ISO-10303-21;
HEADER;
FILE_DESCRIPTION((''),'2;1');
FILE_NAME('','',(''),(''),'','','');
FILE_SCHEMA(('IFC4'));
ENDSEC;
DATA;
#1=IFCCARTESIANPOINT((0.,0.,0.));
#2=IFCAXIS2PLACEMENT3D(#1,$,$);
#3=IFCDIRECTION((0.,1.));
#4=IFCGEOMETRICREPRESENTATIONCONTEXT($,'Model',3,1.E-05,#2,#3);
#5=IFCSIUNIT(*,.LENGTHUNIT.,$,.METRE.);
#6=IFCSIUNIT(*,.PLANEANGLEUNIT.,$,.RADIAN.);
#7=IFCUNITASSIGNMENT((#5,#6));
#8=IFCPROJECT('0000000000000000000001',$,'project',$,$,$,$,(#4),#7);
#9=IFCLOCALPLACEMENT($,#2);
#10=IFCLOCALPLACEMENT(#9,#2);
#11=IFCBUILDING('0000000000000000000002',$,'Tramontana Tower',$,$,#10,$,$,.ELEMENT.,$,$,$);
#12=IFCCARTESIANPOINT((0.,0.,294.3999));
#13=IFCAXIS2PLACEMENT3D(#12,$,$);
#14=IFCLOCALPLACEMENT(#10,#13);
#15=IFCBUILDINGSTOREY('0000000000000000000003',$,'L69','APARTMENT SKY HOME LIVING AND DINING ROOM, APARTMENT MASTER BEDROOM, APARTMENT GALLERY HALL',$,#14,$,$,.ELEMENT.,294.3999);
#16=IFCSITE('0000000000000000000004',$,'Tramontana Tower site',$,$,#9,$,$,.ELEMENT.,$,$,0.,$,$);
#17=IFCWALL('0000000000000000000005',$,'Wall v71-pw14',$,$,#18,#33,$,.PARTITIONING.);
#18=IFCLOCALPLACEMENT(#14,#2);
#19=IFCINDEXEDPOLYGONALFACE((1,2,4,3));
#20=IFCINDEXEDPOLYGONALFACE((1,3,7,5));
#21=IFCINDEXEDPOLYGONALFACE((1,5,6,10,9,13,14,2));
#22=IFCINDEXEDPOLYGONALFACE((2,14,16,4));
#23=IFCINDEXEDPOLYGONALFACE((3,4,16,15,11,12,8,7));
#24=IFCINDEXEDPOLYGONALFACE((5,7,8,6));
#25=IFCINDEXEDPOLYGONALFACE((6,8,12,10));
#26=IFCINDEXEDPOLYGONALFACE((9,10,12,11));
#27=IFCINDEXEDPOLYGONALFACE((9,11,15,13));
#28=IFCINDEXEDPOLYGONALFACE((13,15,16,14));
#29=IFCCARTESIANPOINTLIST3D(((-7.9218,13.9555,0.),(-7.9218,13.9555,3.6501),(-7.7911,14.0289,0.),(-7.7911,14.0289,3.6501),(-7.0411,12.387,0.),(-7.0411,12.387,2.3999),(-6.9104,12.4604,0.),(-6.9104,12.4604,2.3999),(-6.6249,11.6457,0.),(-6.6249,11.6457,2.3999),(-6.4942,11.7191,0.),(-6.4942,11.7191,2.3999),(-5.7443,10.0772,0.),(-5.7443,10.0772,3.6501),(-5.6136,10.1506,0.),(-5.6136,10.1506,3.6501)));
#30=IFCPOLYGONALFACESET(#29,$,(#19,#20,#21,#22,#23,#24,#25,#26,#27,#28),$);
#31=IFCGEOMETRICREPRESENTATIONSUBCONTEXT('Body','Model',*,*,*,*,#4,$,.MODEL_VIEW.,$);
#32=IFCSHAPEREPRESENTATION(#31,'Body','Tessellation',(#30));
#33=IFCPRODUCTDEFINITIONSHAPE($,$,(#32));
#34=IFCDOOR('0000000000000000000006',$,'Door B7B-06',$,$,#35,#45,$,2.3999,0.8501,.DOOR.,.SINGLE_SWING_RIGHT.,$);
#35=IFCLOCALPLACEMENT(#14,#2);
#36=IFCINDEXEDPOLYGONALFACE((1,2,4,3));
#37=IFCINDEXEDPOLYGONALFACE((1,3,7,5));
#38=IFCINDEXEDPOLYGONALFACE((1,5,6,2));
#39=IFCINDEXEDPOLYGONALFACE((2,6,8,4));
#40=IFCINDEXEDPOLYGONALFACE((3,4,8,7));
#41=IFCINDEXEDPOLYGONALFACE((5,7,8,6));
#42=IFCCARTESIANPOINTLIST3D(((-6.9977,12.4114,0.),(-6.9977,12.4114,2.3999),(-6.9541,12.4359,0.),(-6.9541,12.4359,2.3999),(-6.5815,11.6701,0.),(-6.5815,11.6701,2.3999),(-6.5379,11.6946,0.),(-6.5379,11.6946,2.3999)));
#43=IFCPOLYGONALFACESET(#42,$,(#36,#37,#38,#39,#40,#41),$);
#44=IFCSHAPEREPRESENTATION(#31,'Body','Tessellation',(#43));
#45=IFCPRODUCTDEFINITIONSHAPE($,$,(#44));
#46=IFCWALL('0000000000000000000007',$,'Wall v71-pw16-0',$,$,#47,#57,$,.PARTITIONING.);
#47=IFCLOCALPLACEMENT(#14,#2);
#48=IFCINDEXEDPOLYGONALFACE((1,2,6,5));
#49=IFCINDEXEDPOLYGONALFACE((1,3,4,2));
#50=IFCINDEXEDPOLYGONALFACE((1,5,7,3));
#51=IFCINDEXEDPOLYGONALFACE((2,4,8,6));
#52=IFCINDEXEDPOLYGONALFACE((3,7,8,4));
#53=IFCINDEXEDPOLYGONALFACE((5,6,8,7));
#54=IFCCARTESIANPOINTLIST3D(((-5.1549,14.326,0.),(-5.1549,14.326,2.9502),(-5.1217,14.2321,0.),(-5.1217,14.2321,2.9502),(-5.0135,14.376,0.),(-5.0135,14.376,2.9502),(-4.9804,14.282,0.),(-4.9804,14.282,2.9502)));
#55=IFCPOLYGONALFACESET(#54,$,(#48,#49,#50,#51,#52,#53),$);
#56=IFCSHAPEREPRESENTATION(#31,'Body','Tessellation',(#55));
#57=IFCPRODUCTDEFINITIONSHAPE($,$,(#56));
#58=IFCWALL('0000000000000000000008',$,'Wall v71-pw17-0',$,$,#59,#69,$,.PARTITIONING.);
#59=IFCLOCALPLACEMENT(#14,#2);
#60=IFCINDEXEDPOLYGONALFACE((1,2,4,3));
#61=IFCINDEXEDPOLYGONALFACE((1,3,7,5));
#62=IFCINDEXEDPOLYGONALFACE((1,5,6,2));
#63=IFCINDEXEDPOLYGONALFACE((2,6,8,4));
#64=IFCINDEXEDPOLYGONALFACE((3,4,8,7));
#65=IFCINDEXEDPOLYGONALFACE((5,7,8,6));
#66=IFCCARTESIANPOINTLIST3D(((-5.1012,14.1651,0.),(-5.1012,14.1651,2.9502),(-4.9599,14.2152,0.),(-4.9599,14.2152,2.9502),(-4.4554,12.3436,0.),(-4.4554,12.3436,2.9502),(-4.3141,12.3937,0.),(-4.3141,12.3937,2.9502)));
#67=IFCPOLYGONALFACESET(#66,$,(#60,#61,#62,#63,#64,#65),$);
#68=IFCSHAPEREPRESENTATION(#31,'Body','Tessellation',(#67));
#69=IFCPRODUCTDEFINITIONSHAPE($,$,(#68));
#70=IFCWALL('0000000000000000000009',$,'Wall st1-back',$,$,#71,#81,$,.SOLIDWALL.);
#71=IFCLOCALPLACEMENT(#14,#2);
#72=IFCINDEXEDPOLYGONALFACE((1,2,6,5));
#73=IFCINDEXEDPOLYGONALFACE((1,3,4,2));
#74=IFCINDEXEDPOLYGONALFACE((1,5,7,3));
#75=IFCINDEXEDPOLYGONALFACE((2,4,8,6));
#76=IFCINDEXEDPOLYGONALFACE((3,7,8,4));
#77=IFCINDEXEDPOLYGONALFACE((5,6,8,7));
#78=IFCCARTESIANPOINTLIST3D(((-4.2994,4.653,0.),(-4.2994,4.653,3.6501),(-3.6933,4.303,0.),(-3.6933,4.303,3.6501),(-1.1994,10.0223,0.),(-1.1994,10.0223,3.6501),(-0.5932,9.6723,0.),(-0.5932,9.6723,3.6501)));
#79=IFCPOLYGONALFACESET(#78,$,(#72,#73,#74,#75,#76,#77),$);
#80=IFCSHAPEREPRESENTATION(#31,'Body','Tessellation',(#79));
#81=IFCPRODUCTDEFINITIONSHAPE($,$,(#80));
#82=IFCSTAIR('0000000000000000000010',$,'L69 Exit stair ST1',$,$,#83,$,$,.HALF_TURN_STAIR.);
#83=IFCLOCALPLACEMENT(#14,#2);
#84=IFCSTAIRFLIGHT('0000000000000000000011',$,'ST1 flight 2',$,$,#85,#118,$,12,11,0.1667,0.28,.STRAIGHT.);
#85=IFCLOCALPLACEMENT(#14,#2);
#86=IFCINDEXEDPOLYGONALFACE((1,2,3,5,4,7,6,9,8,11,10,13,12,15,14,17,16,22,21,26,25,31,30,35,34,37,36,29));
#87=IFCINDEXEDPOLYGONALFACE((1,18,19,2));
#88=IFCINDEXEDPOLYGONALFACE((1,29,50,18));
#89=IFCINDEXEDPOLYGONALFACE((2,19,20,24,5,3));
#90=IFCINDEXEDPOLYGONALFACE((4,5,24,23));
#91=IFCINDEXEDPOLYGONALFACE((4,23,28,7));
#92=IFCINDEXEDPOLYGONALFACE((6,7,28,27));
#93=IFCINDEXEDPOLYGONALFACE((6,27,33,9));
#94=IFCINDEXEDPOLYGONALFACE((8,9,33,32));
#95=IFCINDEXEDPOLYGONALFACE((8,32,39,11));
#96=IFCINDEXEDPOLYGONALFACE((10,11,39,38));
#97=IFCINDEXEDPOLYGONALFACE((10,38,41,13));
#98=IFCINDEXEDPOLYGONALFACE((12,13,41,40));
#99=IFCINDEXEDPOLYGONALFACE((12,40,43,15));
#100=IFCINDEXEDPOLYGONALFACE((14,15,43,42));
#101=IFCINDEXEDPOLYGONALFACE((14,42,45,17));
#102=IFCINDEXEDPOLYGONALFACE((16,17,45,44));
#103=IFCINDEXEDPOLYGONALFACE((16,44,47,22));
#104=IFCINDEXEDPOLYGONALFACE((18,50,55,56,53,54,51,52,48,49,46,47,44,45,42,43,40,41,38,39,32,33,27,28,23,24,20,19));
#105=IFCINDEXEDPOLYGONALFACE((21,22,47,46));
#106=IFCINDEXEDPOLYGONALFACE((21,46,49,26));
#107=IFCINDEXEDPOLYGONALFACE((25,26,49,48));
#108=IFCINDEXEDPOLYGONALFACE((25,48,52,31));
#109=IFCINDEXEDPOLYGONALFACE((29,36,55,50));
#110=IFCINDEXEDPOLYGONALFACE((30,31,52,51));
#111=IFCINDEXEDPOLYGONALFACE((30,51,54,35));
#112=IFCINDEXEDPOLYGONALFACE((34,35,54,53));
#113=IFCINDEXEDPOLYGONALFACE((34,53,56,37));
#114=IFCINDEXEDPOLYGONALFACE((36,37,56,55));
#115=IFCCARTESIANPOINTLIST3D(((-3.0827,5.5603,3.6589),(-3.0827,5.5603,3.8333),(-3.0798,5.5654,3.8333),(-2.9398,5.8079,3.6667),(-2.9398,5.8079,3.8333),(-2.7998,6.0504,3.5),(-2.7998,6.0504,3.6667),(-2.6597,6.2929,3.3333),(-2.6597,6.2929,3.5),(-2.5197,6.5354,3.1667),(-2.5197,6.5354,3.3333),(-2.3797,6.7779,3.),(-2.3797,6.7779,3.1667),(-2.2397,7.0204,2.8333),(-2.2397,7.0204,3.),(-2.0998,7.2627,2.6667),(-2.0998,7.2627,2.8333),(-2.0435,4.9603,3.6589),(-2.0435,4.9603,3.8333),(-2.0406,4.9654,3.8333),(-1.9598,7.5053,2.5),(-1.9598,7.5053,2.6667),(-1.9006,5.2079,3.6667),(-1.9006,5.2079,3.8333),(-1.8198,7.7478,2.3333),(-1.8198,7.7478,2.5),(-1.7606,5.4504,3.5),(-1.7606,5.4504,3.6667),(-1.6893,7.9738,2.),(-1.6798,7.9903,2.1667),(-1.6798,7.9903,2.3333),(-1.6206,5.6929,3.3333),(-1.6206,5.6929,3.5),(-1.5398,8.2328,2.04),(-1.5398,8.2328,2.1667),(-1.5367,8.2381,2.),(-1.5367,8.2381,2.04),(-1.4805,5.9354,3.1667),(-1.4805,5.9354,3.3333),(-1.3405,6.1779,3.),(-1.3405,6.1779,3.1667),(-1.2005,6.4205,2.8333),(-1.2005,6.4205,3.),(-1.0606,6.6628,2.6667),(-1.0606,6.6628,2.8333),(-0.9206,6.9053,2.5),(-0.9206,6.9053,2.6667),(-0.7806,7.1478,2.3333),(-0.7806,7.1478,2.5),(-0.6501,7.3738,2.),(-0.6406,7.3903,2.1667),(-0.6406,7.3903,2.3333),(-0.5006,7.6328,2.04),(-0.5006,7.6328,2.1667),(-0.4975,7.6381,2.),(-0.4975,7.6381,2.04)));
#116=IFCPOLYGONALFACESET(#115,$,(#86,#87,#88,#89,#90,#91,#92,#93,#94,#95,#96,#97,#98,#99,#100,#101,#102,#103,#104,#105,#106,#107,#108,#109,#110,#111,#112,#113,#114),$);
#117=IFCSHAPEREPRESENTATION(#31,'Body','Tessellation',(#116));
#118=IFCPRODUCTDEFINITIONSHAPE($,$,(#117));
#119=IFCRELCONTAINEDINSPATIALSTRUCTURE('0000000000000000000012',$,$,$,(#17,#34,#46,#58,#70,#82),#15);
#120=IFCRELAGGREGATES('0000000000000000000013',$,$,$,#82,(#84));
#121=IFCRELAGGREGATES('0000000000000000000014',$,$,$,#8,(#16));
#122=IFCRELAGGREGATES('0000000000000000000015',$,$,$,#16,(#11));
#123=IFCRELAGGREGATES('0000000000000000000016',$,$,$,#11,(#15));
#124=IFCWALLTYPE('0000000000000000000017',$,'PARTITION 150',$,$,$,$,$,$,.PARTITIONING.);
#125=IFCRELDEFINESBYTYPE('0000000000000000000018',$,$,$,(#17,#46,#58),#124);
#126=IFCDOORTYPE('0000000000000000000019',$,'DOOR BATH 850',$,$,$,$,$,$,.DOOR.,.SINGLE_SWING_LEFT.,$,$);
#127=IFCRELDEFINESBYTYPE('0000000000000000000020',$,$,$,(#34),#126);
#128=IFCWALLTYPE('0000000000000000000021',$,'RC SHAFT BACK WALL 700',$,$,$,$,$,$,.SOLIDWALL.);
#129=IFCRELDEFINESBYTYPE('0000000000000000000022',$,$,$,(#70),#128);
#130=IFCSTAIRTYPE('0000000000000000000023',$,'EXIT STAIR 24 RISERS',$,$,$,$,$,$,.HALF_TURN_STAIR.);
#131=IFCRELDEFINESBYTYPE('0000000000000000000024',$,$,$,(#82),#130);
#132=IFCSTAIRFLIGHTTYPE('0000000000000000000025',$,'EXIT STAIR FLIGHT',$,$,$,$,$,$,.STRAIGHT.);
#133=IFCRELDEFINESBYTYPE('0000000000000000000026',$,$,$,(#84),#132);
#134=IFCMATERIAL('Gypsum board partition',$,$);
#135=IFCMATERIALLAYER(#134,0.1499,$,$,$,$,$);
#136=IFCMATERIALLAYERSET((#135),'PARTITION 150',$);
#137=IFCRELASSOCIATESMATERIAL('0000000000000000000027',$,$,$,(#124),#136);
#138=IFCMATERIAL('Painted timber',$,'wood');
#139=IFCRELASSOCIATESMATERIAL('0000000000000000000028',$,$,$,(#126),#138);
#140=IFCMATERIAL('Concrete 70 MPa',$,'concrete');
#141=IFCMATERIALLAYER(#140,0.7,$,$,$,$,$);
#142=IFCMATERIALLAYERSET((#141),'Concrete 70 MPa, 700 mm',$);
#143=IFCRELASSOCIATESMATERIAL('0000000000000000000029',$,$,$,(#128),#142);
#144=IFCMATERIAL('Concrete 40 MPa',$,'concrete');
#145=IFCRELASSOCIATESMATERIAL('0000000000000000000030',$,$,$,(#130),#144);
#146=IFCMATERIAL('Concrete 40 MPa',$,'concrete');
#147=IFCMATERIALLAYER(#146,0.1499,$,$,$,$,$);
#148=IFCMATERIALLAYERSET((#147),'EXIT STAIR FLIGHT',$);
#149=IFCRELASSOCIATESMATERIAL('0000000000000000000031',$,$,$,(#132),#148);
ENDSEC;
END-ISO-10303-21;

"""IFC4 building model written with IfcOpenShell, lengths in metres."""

from ifc_helpers import new_model, si_unit, direction, frame, frame_2d, origin, place, context, subcontext, project, spatial, polyline, rectangle, outline, extrude, material, layer, layer_set, type_object, element, fill, aggregate, save


model = new_model("IFC4")

# Units and contexts
model_context = context("Model", 3, precision=1e-05, world=origin(), true_north=direction((0.0, 1.0)))
body_context = subcontext(model_context, "Body", "Model", "MODEL_VIEW")
ifc_project = project(units=[si_unit("LENGTHUNIT", "METRE"), si_unit("PLANEANGLEUNIT", "RADIAN")], contexts=[model_context])

# Site, building, storey
site_placement = place(None, origin())
site = spatial("IfcSite", under=ifc_project, at=site_placement, Name="Tramontana Tower site", CompositionType="ELEMENT", RefElevation=0.0)
building_placement = place(site_placement, origin())
building = spatial("IfcBuilding", under=site, at=building_placement, Name="Tramontana Tower", CompositionType="ELEMENT")
storey_placement = place(building_placement, frame((0.0, 0.0, 294.3999)))
storey = spatial("IfcBuildingStorey", under=building, at=storey_placement, Name="L69", Description="APARTMENT SKY HOME LIVING AND DINING ROOM, APARTMENT MASTER BEDROOM, APARTMENT GALLERY HALL", CompositionType="ELEMENT", Elevation=294.3999)

# Shared definitions
ifc_material_1 = material(Name="Gypsum board partition")
ifc_layer_1 = layer(ifc_material_1, 0.1499)
ifc_layer_set_1 = layer_set([ifc_layer_1], Name="PARTITION 150")
wall_type_1 = type_object("IfcWallType", Name="PARTITION 150", PredefinedType="PARTITIONING", material=ifc_layer_set_1)

# Wall, opening, door
wall_1_placement = place(storey_placement, frame((-7.8564, 13.9922, 0.0), z_axis=(0.0, 0.0, 1.0), x_axis=(0.489581, -0.871958, 0.0)))
wall_1 = element("IfcWall", 1, at=wall_1_placement, inside=storey, type_object=wall_type_1, Name="Wall v71-pw14", PredefinedType="PARTITIONING", context=body_context, shape_type="SweptSolid", body=[
    extrude(rectangle(XDim=4.4478, YDim=0.1499, at=frame_2d((2.2239, 0.0))), origin(), (0.0, 0.0, 1.0), 3.6501),
])
opening_1_placement = place(wall_1_placement, frame((1.7988, 0.0, 0.0)))
opening_1 = element("IfcOpeningElement", 2, at=opening_1_placement, cuts=wall_1, PredefinedType="OPENING", context=body_context, shape_type="SweptSolid", body=[
    extrude(rectangle(XDim=0.8501, YDim=2.3999, at=frame_2d((0.425, 1.2))), frame((0.0, 0.085, 0.0), z_axis=(0.0, -1.0, 0.0), x_axis=(1.0, 0.0, 0.0)), (0.0, 0.0, 1.0), 0.1699),
])
ifc_material_2 = material(Name="Painted timber", Category="wood")
door_type_1 = type_object("IfcDoorType", Name="DOOR BATH 850", OperationType="SINGLE_SWING_LEFT", PredefinedType="DOOR", material=ifc_material_2)
door_1_placement = place(opening_1_placement, origin())
door_1 = element("IfcDoor", 3, at=door_1_placement, inside=storey, type_object=door_type_1, Name="Door B7B-06", OperationType="SINGLE_SWING_RIGHT", OverallHeight=2.3999, OverallWidth=0.8501, PredefinedType="DOOR", context=body_context, shape_type="SweptSolid", body=[
    extrude(rectangle(XDim=0.8501, YDim=2.3999, at=frame_2d((0.425, 1.2))), frame((0.0, 0.0249, 0.0), z_axis=(0.0, -1.0, 0.0), x_axis=(1.0, 0.0, 0.0)), (0.0, 0.0, 1.0), 0.05),
])
fill(opening_1, door_1)

# Walls
wall_2_placement = place(storey_placement, frame((-5.051, 14.2571, 0.0), z_axis=(0.0, 0.0, 1.0), x_axis=(-0.333076, 0.9429, 0.0)))
element("IfcWall", 4, at=wall_2_placement, inside=storey, type_object=wall_type_1, Name="Wall v71-pw16-0", PredefinedType="PARTITIONING", context=body_context, shape_type="SweptSolid", body=[
    extrude(rectangle(XDim=0.0996, YDim=0.1499, at=frame_2d((0.0498, 0.0))), origin(), (0.0, 0.0, 1.0), 2.9502),
])
wall_3_placement = place(storey_placement, frame((-5.0305, 14.1902, 0.0), z_axis=(0.0, 0.0, 1.0), x_axis=(0.334135, -0.942525, 0.0)))
element("IfcWall", 5, at=wall_3_placement, inside=storey, type_object=wall_type_1, Name="Wall v71-pw17-0", PredefinedType="PARTITIONING", context=body_context, shape_type="SweptSolid", body=[
    extrude(rectangle(XDim=1.9326, YDim=0.1499, at=frame_2d((0.9663, 0.0))), origin(), (0.0, 0.0, 1.0), 2.9502),
])
ifc_material_3 = material(Name="Concrete 70 MPa", Category="concrete")
ifc_layer_2 = layer(ifc_material_3, 0.7)
ifc_layer_set_2 = layer_set([ifc_layer_2], Name="Concrete 70 MPa, 700 mm")
wall_type_2 = type_object("IfcWallType", Name="RC SHAFT BACK WALL 700", PredefinedType="SOLIDWALL", material=ifc_layer_set_2)
wall_4_placement = place(storey_placement, frame((-0.8962, 9.8474, 0.0), z_axis=(0.0, 0.0, 1.0), x_axis=(-0.50001, -0.86602, 0.0)))
element("IfcWall", 6, at=wall_4_placement, inside=storey, type_object=wall_type_2, Name="Wall st1-back", PredefinedType="SOLIDWALL", context=body_context, shape_type="SweptSolid", body=[
    extrude(rectangle(XDim=6.2, YDim=0.7, at=frame_2d((3.1001, 0.0))), origin(), (0.0, 0.0, 1.0), 3.6501),
])

# Stair, stair flight
ifc_material_4 = material(Name="Concrete 40 MPa", Category="concrete")
stair_type = type_object("IfcStairType", Name="EXIT STAIR 24 RISERS", PredefinedType="HALF_TURN_STAIR", material=ifc_material_4)
stair_placement = place(storey_placement, origin())
stair = element("IfcStair", 7, at=stair_placement, inside=storey, type_object=stair_type, Name="L69 Exit stair ST1", PredefinedType="HALF_TURN_STAIR")
ifc_material_5 = material(Name="Concrete 40 MPa", Category="concrete")
ifc_layer_3 = layer(ifc_material_5, 0.1499)
ifc_layer_set_3 = layer_set([ifc_layer_3], Name="EXIT STAIR FLIGHT")
stair_flight_type = type_object("IfcStairFlightType", Name="EXIT STAIR FLIGHT", PredefinedType="STRAIGHT", material=ifc_layer_set_3)
stair_flight_placement = place(storey_placement, frame((-1.0203, 7.9329, 2.0), z_axis=(0.0, 0.0, 1.0), x_axis=(-0.5, -0.866025, 0.0)))
stair_flight = element("IfcStairFlight", 8, at=stair_flight_placement, type_object=stair_flight_type, Name="ST1 flight 2", NumberOfRisers=12, NumberOfTreads=11, PredefinedType="STRAIGHT", RiserHeight=0.1667, TreadLength=0.28, context=body_context, shape_type="SweptSolid", body=[
    extrude(outline(polyline([(-0.0061, 0.0), (-0.0061, 0.04), (0.0, 0.04), (0.0, 0.1667), (0.28, 0.1667), (0.28, 0.3333), (0.5601, 0.3333), (0.5601, 0.5), (0.8401, 0.5), (0.8401, 0.6667), (1.1201, 0.6667), (1.1201, 0.8333), (1.3999, 0.8333), (1.3999, 1.0), (1.6799, 1.0), (1.6799, 1.1667), (1.96, 1.1667), (1.96, 1.3333), (2.24, 1.3333), (2.24, 1.5), (2.52, 1.5), (2.52, 1.6667), (2.8, 1.6667), (2.8, 1.8333), (3.0801, 1.8333), (3.0859, 1.8333), (3.0859, 1.6589), (0.2991, 0.0), (-0.0061, 0.0)])), frame((0.0, 0.6001, 0.0), z_axis=(0.0, -1.0, 0.0), x_axis=(1.0, 0.0, 0.0)), (0.0, 0.0, 1.0), 1.2),
])
aggregate(stair, [stair_flight])

save(model, "model.ifc")
